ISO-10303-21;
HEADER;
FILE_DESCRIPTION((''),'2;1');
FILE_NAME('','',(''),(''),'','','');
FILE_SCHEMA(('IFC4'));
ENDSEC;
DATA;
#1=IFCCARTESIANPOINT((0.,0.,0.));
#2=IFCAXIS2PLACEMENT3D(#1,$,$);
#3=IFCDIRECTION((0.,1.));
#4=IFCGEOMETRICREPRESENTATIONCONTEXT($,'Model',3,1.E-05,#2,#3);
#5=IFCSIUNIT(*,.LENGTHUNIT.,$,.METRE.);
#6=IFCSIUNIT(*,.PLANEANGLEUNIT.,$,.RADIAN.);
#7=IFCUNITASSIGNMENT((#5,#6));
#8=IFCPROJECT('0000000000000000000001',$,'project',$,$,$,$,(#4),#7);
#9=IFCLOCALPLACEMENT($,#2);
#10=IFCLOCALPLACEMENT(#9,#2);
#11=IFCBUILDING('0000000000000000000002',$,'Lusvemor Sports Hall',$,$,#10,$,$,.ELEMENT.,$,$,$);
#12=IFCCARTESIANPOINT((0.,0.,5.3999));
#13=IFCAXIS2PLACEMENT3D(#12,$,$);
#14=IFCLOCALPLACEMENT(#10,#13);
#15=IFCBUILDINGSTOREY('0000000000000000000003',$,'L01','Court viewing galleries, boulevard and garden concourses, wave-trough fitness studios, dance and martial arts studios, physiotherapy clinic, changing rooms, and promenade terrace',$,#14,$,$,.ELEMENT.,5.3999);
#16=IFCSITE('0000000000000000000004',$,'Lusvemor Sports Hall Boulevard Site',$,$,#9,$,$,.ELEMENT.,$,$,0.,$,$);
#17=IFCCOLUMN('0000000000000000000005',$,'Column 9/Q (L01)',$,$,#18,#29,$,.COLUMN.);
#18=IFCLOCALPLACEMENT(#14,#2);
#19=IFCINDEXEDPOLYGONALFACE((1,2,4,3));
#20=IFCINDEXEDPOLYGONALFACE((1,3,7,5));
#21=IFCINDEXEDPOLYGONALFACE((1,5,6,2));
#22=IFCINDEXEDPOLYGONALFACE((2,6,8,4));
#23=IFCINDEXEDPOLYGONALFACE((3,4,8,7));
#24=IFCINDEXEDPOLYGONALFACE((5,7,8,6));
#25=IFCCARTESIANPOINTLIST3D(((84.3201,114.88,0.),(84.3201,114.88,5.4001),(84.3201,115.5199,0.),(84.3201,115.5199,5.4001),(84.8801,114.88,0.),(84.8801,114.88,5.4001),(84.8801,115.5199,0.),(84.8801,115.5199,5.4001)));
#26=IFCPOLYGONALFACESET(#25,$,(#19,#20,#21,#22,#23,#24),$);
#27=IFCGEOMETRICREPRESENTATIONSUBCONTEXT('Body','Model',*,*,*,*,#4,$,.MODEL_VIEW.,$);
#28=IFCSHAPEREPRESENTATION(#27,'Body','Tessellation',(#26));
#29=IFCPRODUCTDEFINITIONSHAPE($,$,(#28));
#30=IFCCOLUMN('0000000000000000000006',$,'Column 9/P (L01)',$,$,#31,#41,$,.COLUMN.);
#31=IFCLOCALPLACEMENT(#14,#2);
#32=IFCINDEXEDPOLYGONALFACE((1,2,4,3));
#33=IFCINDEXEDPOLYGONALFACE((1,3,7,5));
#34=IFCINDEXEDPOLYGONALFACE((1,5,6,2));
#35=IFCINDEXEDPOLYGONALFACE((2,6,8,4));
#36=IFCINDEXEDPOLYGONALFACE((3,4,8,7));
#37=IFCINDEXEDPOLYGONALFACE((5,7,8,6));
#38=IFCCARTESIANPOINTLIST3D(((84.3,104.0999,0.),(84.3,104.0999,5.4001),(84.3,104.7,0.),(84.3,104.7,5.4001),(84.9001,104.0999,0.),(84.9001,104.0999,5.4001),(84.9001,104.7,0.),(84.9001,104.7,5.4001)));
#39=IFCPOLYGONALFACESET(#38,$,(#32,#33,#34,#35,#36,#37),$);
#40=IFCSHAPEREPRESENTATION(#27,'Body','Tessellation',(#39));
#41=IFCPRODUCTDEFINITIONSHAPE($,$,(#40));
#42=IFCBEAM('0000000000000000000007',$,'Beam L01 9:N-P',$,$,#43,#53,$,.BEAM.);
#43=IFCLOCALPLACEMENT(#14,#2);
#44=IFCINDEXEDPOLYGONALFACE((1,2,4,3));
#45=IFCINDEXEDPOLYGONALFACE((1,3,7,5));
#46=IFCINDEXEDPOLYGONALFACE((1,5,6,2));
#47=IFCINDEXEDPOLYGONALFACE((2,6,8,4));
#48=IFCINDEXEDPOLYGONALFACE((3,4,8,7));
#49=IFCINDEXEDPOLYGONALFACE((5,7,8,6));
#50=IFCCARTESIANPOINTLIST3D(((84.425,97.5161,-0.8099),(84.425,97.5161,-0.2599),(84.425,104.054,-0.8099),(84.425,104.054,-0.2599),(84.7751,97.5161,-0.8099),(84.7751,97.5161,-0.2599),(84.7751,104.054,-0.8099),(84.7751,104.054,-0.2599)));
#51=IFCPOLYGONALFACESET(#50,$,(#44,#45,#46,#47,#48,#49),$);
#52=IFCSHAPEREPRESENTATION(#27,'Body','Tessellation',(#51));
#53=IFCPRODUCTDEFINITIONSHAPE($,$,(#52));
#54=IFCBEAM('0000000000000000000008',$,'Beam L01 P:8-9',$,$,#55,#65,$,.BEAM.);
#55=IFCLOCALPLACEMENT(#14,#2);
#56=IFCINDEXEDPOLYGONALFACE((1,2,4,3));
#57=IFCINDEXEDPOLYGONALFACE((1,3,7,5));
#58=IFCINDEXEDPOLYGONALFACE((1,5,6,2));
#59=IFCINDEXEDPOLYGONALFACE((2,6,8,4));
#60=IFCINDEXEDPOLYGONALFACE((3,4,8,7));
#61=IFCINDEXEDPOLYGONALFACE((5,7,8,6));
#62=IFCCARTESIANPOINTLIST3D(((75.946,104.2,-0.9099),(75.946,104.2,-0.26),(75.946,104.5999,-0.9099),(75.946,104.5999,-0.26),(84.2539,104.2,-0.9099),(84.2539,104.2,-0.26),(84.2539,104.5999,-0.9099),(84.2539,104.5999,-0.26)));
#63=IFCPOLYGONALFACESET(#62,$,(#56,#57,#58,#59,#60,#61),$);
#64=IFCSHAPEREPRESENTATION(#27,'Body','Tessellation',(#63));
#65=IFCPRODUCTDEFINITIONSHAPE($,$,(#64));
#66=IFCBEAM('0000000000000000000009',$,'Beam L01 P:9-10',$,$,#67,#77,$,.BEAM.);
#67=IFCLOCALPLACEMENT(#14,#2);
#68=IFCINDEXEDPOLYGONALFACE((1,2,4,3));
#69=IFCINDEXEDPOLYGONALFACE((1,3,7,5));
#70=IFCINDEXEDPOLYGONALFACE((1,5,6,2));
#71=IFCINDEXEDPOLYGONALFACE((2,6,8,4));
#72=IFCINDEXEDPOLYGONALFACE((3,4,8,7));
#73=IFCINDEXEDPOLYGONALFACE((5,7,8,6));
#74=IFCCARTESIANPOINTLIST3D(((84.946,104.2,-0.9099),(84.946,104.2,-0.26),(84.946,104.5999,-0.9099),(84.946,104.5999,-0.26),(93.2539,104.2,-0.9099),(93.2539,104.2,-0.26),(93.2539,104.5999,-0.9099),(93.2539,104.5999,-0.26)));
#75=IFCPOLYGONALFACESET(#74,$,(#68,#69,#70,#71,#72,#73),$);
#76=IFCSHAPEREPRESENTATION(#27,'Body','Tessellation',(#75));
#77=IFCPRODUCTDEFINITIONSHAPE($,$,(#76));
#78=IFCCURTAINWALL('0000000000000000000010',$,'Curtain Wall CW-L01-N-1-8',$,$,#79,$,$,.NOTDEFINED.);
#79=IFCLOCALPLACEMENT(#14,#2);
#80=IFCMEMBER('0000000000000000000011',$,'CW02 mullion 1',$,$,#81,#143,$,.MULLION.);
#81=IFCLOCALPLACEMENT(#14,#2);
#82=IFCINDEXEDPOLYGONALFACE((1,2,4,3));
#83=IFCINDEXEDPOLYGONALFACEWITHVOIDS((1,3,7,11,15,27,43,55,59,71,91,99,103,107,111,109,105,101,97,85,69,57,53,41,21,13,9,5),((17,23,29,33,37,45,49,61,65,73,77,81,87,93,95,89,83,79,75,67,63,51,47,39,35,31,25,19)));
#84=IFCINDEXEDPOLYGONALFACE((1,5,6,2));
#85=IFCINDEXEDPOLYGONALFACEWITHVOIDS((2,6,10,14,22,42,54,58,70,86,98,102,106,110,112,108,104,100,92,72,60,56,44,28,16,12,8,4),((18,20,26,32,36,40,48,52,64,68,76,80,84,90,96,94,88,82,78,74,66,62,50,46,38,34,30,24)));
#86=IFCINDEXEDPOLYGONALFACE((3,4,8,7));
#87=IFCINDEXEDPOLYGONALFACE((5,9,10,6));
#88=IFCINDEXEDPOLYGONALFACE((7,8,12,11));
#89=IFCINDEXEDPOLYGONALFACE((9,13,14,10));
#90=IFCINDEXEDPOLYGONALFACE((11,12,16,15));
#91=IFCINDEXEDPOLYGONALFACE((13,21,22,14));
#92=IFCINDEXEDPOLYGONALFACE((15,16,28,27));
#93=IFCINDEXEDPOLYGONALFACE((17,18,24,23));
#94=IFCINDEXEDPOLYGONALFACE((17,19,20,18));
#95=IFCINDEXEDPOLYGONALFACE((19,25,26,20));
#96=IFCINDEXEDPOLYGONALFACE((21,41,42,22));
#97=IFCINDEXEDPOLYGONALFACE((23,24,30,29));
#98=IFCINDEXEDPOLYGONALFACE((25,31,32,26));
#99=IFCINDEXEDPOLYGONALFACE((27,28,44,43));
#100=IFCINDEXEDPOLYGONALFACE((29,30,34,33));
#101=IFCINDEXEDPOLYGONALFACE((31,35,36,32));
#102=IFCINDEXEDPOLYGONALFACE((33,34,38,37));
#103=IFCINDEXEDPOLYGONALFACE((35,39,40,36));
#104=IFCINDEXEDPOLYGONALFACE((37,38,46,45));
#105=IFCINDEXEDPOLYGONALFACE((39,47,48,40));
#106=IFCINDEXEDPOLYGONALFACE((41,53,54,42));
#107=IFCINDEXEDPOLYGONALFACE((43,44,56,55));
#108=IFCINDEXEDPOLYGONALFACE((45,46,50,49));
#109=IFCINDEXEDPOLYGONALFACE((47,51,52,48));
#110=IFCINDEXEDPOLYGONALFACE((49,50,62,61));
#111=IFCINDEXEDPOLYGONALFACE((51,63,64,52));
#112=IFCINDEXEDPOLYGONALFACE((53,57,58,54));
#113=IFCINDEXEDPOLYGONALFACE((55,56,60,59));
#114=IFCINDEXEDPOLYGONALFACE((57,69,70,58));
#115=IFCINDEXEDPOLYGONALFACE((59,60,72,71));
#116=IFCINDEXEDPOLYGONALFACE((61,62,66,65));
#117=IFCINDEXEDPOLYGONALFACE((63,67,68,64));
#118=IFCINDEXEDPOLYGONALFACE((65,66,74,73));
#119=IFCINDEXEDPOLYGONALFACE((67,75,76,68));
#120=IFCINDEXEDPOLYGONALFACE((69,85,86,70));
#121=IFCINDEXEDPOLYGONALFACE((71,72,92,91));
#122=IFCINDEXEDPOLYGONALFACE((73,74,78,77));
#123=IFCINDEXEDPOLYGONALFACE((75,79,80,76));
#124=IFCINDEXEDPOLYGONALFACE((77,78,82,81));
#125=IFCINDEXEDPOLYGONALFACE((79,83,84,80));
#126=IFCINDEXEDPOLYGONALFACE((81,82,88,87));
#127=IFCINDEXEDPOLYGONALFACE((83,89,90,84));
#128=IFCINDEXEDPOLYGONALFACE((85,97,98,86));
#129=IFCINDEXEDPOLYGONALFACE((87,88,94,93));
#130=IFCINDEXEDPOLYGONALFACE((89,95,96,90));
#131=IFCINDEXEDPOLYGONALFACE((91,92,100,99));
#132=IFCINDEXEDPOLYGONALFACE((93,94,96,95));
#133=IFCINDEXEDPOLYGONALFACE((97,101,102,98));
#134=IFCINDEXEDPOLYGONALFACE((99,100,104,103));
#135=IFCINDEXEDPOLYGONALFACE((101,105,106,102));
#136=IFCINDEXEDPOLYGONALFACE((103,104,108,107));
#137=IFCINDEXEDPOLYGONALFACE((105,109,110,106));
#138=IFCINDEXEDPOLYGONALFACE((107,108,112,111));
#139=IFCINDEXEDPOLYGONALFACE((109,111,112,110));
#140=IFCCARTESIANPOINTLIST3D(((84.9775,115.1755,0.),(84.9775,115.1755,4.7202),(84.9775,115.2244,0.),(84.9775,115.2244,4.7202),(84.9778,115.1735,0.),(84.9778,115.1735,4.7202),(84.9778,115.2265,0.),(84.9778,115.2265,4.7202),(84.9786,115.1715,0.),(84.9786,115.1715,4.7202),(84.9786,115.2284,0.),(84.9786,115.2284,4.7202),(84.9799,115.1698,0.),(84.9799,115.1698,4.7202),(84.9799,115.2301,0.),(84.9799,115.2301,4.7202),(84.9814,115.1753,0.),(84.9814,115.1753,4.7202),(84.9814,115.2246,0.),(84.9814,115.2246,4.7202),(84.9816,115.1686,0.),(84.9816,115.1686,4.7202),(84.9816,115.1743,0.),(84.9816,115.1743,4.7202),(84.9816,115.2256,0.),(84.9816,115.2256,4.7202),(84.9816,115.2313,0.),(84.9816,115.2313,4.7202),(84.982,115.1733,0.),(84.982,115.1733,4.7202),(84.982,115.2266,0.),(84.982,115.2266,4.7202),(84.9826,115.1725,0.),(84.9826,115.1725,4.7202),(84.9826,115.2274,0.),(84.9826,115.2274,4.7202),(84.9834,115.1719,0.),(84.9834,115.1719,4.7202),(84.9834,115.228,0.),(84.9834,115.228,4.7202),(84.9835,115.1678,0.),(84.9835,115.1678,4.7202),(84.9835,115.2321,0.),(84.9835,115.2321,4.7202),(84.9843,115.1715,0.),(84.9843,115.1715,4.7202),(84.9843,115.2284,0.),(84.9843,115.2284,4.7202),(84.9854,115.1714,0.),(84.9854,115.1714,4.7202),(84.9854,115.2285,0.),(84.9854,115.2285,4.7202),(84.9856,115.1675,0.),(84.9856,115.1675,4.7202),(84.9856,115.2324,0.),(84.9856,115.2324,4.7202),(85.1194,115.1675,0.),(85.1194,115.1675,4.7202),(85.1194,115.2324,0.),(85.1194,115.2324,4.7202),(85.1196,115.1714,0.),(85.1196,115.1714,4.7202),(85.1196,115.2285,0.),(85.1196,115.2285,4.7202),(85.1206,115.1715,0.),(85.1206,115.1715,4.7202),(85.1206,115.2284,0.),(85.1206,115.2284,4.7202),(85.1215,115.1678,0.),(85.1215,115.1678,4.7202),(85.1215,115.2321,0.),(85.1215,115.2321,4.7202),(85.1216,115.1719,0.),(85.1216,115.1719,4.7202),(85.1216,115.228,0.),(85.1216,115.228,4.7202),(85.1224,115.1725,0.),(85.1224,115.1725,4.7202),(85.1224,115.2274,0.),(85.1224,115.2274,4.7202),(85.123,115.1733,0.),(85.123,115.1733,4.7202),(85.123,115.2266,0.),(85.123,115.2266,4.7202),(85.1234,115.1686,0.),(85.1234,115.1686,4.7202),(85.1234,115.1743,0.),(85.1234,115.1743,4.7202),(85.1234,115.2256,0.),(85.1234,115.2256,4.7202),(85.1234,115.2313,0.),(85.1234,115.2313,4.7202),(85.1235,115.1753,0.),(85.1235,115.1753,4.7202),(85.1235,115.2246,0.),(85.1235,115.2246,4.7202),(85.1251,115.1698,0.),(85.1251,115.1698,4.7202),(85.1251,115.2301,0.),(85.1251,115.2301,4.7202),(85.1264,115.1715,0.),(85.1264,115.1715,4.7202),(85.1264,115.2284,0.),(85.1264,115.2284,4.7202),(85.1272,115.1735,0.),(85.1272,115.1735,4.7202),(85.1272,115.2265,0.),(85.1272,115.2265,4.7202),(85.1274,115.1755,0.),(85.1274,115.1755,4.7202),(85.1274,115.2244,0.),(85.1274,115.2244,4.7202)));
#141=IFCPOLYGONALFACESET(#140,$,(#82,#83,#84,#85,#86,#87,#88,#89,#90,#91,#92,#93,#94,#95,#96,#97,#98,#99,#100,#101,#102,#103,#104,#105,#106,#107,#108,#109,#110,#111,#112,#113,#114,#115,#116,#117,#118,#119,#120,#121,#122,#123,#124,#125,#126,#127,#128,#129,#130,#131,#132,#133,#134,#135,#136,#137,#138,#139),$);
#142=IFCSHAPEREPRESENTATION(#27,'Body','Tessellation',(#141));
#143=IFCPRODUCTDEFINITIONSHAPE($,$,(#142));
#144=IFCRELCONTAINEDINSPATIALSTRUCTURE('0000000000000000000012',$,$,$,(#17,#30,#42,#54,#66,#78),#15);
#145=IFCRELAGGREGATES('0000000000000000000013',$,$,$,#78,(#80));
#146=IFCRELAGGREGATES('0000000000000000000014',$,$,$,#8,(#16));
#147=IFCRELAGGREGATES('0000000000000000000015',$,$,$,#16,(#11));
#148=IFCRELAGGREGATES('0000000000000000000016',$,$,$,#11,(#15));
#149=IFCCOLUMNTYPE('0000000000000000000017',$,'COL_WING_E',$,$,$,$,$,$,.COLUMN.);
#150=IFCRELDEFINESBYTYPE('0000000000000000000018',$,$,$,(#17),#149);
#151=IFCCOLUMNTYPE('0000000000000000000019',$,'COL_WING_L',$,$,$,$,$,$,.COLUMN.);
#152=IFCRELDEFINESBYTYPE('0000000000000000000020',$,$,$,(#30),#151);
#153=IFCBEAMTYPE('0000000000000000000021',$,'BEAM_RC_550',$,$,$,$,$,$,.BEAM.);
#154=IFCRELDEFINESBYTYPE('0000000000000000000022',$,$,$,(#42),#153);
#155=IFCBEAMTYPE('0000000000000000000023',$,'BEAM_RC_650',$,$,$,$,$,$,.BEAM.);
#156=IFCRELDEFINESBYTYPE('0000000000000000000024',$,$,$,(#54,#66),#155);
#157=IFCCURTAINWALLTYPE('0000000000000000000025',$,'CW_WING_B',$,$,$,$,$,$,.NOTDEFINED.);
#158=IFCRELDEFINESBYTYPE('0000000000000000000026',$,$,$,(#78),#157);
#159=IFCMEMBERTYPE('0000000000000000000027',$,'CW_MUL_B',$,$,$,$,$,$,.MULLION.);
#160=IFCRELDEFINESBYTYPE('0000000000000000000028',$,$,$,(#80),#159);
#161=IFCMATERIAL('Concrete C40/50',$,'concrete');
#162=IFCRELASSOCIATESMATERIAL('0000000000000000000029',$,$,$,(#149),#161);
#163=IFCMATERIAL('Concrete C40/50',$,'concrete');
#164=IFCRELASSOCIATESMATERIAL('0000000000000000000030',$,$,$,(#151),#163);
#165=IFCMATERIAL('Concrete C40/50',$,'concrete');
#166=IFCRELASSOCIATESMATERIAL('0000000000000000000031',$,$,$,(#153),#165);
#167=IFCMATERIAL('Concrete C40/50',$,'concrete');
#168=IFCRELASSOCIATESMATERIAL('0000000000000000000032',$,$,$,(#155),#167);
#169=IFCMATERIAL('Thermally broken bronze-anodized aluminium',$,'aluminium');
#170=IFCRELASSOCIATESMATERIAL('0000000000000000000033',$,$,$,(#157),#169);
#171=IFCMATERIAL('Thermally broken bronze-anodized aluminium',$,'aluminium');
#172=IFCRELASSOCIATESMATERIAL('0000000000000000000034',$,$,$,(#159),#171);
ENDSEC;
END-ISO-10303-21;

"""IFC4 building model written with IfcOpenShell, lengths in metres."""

from ifc_helpers import new_model, si_unit, direction, frame, origin, origin_2d, place, context, subcontext, project, spatial, rectangle, hollow_rectangle, extrude, material, material_profile, profile_set, type_object, element, aggregate, save


model = new_model("IFC4")

# Units and contexts
model_context = context("Model", 3, precision=1e-05, world=origin(), true_north=direction((0.0, 1.0)))
body_context = subcontext(model_context, "Body", "Model", "MODEL_VIEW")
ifc_project = project(units=[si_unit("LENGTHUNIT", "METRE"), si_unit("PLANEANGLEUNIT", "RADIAN")], contexts=[model_context])

# Site, building, storey
site_placement = place(None, origin())
site = spatial("IfcSite", under=ifc_project, at=site_placement, Name="Lusvemor Sports Hall Boulevard Site", CompositionType="ELEMENT", RefElevation=0.0)
building_placement = place(site_placement, origin())
building = spatial("IfcBuilding", under=site, at=building_placement, Name="Lusvemor Sports Hall", CompositionType="ELEMENT")
storey_placement = place(building_placement, frame((0.0, 0.0, 5.3999)))
storey = spatial("IfcBuildingStorey", under=building, at=storey_placement, Name="L01", Description="Court viewing galleries, boulevard and garden concourses, wave-trough fitness studios, dance and martial arts studios, physiotherapy clinic, changing rooms, and promenade terrace", CompositionType="ELEMENT", Elevation=5.3999)

# Columns
ifc_material_1 = material(Name="Concrete C40/50", Category="concrete")
ifc_material_profile_1 = material_profile(ifc_material_1, rectangle(XDim=0.5601, YDim=0.6399, at=origin_2d()), Name="RC560x640")
ifc_profile_set_1 = profile_set([ifc_material_profile_1], Name="Concrete C40/50")
column_type_1 = type_object("IfcColumnType", Name="COL_WING_E", PredefinedType="COLUMN", material=ifc_profile_set_1)
column_1_placement = place(storey_placement, frame((84.6001, 115.2, 0.0), z_axis=(0.0, 0.0, 1.0), x_axis=(1.0, 0.0, 0.0)))
element("IfcColumn", 1, at=column_1_placement, inside=storey, type_object=column_type_1, Name="Column 9/Q (L01)", PredefinedType="COLUMN", context=body_context, shape_type="SweptSolid", body=[
    extrude(rectangle(XDim=0.5601, YDim=0.6399, at=origin_2d()), origin(), (0.0, 0.0, 1.0), 5.4001),
])
ifc_material_2 = material(Name="Concrete C40/50", Category="concrete")
ifc_material_profile_2 = material_profile(ifc_material_2, rectangle(XDim=0.6001, YDim=0.6001, at=origin_2d()), Name="RC600x600")
ifc_profile_set_2 = profile_set([ifc_material_profile_2], Name="Concrete C40/50")
column_type_2 = type_object("IfcColumnType", Name="COL_WING_L", PredefinedType="COLUMN", material=ifc_profile_set_2)
column_2_placement = place(storey_placement, frame((84.6001, 104.3999, 0.0), z_axis=(0.0, 0.0, 1.0), x_axis=(1.0, 0.0, 0.0)))
element("IfcColumn", 2, at=column_2_placement, inside=storey, type_object=column_type_2, Name="Column 9/P (L01)", PredefinedType="COLUMN", context=body_context, shape_type="SweptSolid", body=[
    extrude(rectangle(XDim=0.6001, YDim=0.6001, at=origin_2d()), origin(), (0.0, 0.0, 1.0), 5.4001),
])

# Beams
ifc_material_3 = material(Name="Concrete C40/50", Category="concrete")
ifc_material_profile_3 = material_profile(ifc_material_3, rectangle(XDim=0.3501, YDim=0.55, at=origin_2d()), Name="RC350x550")
ifc_profile_set_3 = profile_set([ifc_material_profile_3], Name="Concrete C40/50")
beam_type_1 = type_object("IfcBeamType", Name="BEAM_RC_550", PredefinedType="BEAM", material=ifc_profile_set_3)
beam_1_placement = place(storey_placement, frame((84.6001, 97.5161, -0.5349), z_axis=(0.0, 1.0, 0.0), x_axis=(-1.0, 0.0, 0.0)))
element("IfcBeam", 3, at=beam_1_placement, inside=storey, type_object=beam_type_1, Name="Beam L01 9:N-P", PredefinedType="BEAM", context=body_context, shape_type="SweptSolid", body=[
    extrude(rectangle(XDim=0.3501, YDim=0.55, at=origin_2d()), origin(), (0.0, 0.0, 1.0), 6.5378),
])
ifc_material_4 = material(Name="Concrete C40/50", Category="concrete")
ifc_material_profile_4 = material_profile(ifc_material_4, rectangle(XDim=0.3999, YDim=0.6499, at=origin_2d()), Name="RC400x650")
ifc_profile_set_4 = profile_set([ifc_material_profile_4], Name="Concrete C40/50")
beam_type_2 = type_object("IfcBeamType", Name="BEAM_RC_650", PredefinedType="BEAM", material=ifc_profile_set_4)
for number, where, z_axis, x_axis, name in (
    (4, (75.946, 104.3999, -0.585), (1.0, 0.0, 0.0), (0.0, 1.0, 0.0), "Beam L01 P:8-9"),
    (5, (84.946, 104.3999, -0.585), (1.0, 0.0, 0.0), (0.0, 1.0, 0.0), "Beam L01 P:9-10"),
):
    element("IfcBeam", number, at=place(storey_placement, frame(where, z_axis=z_axis, x_axis=x_axis)), inside=storey, type_object=beam_type_2, Name=name, PredefinedType="BEAM", context=body_context, shape_type="SweptSolid", body=[
        extrude(rectangle(XDim=0.3999, YDim=0.6499, at=origin_2d()), origin(), (0.0, 0.0, 1.0), 8.3079),
    ])

# Curtain wall, member
ifc_material_5 = material(Name="Thermally broken bronze-anodized aluminium", Category="aluminium")
curtain_wall_type = type_object("IfcCurtainWallType", Name="CW_WING_B", PredefinedType="NOTDEFINED", material=ifc_material_5)
curtain_wall_placement = place(storey_placement, origin())
curtain_wall = element("IfcCurtainWall", 6, at=curtain_wall_placement, inside=storey, type_object=curtain_wall_type, Name="Curtain Wall CW-L01-N-1-8", PredefinedType="NOTDEFINED")
ifc_material_6 = material(Name="Thermally broken bronze-anodized aluminium", Category="aluminium")
ifc_material_profile_5 = material_profile(ifc_material_6, hollow_rectangle(XDim=0.0649, YDim=0.1499, WallThickness=0.0039, InnerFilletRadius=0.0039, OuterFilletRadius=0.0081, at=origin_2d()), Name="CWMUL150x65x4")
ifc_profile_set_5 = profile_set([ifc_material_profile_5], Name="Thermally broken bronze-anodized aluminium")
member_type_1 = type_object("IfcMemberType", Name="CW_MUL_B", PredefinedType="MULLION", material=ifc_profile_set_5)
member_1_placement = place(storey_placement, frame((85.0525, 115.2, 0.0), z_axis=(0.0, 0.0, 1.0), x_axis=(0.0, 1.0, 0.0)))
member_1 = element("IfcMember", 7, at=member_1_placement, type_object=member_type_1, Name="CW02 mullion 1", PredefinedType="MULLION", context=body_context, shape_type="SweptSolid", body=[
    extrude(hollow_rectangle(XDim=0.0649, YDim=0.1499, WallThickness=0.0039, InnerFilletRadius=0.0039, OuterFilletRadius=0.0081, at=origin_2d()), origin(), (0.0, 0.0, 1.0), 4.7202),
])

aggregate(curtain_wall, [member_1])

save(model, "model.ifc")
